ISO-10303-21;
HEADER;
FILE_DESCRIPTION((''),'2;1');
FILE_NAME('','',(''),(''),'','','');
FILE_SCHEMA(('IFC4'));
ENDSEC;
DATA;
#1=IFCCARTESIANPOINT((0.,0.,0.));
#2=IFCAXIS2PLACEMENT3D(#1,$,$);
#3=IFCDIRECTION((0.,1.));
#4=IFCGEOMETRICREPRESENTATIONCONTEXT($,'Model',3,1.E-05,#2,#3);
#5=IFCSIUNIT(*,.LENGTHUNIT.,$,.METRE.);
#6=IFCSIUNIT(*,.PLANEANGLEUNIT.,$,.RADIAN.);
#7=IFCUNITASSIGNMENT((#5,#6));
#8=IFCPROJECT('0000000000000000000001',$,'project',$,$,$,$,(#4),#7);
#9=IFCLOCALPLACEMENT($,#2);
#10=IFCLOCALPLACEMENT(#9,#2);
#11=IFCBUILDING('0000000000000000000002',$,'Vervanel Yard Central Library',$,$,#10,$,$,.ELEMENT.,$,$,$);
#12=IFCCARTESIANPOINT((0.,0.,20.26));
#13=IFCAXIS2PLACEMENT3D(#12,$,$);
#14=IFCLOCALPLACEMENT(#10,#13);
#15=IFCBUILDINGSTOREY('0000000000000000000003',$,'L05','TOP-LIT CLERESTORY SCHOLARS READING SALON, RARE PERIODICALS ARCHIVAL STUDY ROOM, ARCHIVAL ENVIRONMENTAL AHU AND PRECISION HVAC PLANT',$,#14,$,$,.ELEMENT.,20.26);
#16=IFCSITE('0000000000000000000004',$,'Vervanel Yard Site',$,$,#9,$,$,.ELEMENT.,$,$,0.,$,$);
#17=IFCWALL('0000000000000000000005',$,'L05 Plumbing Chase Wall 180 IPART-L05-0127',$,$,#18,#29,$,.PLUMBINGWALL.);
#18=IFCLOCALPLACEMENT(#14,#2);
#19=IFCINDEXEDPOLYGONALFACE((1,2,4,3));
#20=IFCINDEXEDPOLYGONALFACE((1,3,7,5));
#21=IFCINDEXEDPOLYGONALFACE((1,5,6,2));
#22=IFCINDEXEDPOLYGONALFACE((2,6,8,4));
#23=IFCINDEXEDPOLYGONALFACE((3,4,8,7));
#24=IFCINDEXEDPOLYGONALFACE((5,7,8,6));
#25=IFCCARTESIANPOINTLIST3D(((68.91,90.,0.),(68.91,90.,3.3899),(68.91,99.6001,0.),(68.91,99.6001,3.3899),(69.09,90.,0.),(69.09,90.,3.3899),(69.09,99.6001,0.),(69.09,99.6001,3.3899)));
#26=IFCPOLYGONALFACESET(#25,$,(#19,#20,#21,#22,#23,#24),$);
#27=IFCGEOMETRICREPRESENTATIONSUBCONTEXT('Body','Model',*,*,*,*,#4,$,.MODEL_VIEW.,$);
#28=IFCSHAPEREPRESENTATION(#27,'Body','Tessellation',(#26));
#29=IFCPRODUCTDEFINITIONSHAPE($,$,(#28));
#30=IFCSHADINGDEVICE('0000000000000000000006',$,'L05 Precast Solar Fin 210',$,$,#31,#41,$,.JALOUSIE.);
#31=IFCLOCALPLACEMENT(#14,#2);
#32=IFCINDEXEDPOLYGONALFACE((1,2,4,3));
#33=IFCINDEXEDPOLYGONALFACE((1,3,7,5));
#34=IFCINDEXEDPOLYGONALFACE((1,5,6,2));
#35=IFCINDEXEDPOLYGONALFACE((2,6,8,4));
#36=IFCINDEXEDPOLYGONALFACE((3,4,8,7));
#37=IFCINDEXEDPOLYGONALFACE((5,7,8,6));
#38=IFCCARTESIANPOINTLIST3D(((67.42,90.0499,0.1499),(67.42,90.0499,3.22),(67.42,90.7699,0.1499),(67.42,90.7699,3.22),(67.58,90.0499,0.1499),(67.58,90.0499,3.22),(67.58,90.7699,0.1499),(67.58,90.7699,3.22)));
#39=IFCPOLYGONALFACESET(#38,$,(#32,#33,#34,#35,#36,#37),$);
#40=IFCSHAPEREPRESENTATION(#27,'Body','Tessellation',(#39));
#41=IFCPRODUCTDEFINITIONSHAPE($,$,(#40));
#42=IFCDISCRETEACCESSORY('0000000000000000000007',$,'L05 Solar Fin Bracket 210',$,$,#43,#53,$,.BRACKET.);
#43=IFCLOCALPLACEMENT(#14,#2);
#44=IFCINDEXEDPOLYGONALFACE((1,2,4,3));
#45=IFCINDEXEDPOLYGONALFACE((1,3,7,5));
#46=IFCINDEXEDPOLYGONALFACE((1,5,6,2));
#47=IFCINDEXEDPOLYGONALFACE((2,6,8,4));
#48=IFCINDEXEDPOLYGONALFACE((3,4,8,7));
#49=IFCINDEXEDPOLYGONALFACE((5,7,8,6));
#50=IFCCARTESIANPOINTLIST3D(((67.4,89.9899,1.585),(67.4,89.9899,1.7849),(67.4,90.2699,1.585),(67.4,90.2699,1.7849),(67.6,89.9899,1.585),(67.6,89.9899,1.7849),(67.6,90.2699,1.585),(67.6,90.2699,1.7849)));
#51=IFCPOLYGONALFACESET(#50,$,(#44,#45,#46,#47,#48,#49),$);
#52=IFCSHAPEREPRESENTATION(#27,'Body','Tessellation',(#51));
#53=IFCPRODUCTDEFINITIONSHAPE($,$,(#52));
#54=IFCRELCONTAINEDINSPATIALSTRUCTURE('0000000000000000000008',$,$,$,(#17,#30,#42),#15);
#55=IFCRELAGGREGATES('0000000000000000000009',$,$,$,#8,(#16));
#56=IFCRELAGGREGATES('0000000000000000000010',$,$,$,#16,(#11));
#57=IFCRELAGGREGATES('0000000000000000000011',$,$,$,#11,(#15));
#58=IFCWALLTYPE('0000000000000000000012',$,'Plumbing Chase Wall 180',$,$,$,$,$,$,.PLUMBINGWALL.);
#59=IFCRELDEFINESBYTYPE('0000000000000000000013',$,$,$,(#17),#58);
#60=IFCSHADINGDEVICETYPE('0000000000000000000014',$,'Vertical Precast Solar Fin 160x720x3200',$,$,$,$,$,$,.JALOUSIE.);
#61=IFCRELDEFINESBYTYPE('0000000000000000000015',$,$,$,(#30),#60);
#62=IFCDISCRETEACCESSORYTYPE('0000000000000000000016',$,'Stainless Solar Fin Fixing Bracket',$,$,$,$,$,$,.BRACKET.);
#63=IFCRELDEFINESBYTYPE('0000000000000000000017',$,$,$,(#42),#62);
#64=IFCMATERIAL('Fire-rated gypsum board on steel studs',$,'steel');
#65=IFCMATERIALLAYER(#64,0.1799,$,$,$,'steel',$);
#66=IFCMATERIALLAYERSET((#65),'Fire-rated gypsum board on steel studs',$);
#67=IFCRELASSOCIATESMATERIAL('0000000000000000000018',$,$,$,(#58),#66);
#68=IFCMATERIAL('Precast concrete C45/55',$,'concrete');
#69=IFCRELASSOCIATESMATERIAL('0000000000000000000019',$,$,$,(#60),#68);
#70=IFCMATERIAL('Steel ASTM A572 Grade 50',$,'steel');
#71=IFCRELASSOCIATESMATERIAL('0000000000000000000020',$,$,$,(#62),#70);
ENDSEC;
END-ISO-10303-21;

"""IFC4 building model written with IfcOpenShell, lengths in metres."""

from ifc_helpers import new_model, si_unit, direction, frame, frame_2d, origin, origin_2d, place, context, subcontext, project, spatial, rectangle, extrude, material, layer, layer_set, type_object, element, save


model = new_model("IFC4")

# Units and contexts
model_context = context("Model", 3, precision=1e-05, world=origin(), true_north=direction((0.0, 1.0)))
body_context = subcontext(model_context, "Body", "Model", "MODEL_VIEW")
ifc_project = project(units=[si_unit("LENGTHUNIT", "METRE"), si_unit("PLANEANGLEUNIT", "RADIAN")], contexts=[model_context])

# Site, building, storey
site_placement = place(None, origin())
site = spatial("IfcSite", under=ifc_project, at=site_placement, Name="Vervanel Yard Site", CompositionType="ELEMENT", RefElevation=0.0)
building_placement = place(site_placement, origin())
building = spatial("IfcBuilding", under=site, at=building_placement, Name="Vervanel Yard Central Library", CompositionType="ELEMENT")
storey_placement = place(building_placement, frame((0.0, 0.0, 20.26)))
storey = spatial("IfcBuildingStorey", under=building, at=storey_placement, Name="L05", Description="TOP-LIT CLERESTORY SCHOLARS READING SALON, RARE PERIODICALS ARCHIVAL STUDY ROOM, ARCHIVAL ENVIRONMENTAL AHU AND PRECISION HVAC PLANT", CompositionType="ELEMENT", Elevation=20.26)

# Shared definitions
ifc_material_1 = material(Name="Fire-rated gypsum board on steel studs", Category="steel")

# Wall
ifc_layer_1 = layer(ifc_material_1, 0.1799, Category="steel")
ifc_layer_set_1 = layer_set([ifc_layer_1], Name="Fire-rated gypsum board on steel studs")
wall_type_1 = type_object("IfcWallType", Name="Plumbing Chase Wall 180", PredefinedType="PLUMBINGWALL", material=ifc_layer_set_1)
wall_1_placement = place(storey_placement, frame((69.0, 90.0, 0.0), z_axis=(0.0, 0.0, 1.0), x_axis=(0.0, 1.0, 0.0)))
element("IfcWall", 1, at=wall_1_placement, inside=storey, type_object=wall_type_1, Name="L05 Plumbing Chase Wall 180 IPART-L05-0127", PredefinedType="PLUMBINGWALL", context=body_context, shape_type="SweptSolid", body=[
    extrude(rectangle(XDim=9.6001, YDim=0.1799, at=frame_2d((4.8, 0.0))), origin(), (0.0, 0.0, 1.0), 3.3899),
])

# Shading device
ifc_material_2 = material(Name="Precast concrete C45/55", Category="concrete")
shading_device_type = type_object("IfcShadingDeviceType", Name="Vertical Precast Solar Fin 160x720x3200", PredefinedType="JALOUSIE", material=ifc_material_2)
shading_device_placement = place(storey_placement, frame((67.5, 90.4099, 0.1499), z_axis=(0.0, 0.0, 1.0), x_axis=(1.0, 0.0, 0.0)))
element("IfcShadingDevice", 2, at=shading_device_placement, inside=storey, type_object=shading_device_type, Name="L05 Precast Solar Fin 210", PredefinedType="JALOUSIE", context=body_context, shape_type="SweptSolid", body=[
    extrude(rectangle(XDim=0.1599, YDim=0.72, at=origin_2d()), origin(), (0.0, 0.0, 1.0), 3.0701),
])

# Discrete accessory
ifc_material_3 = material(Name="Steel ASTM A572 Grade 50", Category="steel")
discrete_accessory_type = type_object("IfcDiscreteAccessoryType", Name="Stainless Solar Fin Fixing Bracket", PredefinedType="BRACKET", material=ifc_material_3)
discrete_accessory_placement = place(storey_placement, frame((67.5, 90.1299, 1.585), z_axis=(0.0, 0.0, 1.0), x_axis=(1.0, 0.0, 0.0)))
element("IfcDiscreteAccessory", 3, at=discrete_accessory_placement, inside=storey, type_object=discrete_accessory_type, Name="L05 Solar Fin Bracket 210", PredefinedType="BRACKET", context=body_context, shape_type="SweptSolid", body=[
    extrude(rectangle(XDim=0.2, YDim=0.28, at=origin_2d()), origin(), (0.0, 0.0, 1.0), 0.2),
])

save(model, "model.ifc")
